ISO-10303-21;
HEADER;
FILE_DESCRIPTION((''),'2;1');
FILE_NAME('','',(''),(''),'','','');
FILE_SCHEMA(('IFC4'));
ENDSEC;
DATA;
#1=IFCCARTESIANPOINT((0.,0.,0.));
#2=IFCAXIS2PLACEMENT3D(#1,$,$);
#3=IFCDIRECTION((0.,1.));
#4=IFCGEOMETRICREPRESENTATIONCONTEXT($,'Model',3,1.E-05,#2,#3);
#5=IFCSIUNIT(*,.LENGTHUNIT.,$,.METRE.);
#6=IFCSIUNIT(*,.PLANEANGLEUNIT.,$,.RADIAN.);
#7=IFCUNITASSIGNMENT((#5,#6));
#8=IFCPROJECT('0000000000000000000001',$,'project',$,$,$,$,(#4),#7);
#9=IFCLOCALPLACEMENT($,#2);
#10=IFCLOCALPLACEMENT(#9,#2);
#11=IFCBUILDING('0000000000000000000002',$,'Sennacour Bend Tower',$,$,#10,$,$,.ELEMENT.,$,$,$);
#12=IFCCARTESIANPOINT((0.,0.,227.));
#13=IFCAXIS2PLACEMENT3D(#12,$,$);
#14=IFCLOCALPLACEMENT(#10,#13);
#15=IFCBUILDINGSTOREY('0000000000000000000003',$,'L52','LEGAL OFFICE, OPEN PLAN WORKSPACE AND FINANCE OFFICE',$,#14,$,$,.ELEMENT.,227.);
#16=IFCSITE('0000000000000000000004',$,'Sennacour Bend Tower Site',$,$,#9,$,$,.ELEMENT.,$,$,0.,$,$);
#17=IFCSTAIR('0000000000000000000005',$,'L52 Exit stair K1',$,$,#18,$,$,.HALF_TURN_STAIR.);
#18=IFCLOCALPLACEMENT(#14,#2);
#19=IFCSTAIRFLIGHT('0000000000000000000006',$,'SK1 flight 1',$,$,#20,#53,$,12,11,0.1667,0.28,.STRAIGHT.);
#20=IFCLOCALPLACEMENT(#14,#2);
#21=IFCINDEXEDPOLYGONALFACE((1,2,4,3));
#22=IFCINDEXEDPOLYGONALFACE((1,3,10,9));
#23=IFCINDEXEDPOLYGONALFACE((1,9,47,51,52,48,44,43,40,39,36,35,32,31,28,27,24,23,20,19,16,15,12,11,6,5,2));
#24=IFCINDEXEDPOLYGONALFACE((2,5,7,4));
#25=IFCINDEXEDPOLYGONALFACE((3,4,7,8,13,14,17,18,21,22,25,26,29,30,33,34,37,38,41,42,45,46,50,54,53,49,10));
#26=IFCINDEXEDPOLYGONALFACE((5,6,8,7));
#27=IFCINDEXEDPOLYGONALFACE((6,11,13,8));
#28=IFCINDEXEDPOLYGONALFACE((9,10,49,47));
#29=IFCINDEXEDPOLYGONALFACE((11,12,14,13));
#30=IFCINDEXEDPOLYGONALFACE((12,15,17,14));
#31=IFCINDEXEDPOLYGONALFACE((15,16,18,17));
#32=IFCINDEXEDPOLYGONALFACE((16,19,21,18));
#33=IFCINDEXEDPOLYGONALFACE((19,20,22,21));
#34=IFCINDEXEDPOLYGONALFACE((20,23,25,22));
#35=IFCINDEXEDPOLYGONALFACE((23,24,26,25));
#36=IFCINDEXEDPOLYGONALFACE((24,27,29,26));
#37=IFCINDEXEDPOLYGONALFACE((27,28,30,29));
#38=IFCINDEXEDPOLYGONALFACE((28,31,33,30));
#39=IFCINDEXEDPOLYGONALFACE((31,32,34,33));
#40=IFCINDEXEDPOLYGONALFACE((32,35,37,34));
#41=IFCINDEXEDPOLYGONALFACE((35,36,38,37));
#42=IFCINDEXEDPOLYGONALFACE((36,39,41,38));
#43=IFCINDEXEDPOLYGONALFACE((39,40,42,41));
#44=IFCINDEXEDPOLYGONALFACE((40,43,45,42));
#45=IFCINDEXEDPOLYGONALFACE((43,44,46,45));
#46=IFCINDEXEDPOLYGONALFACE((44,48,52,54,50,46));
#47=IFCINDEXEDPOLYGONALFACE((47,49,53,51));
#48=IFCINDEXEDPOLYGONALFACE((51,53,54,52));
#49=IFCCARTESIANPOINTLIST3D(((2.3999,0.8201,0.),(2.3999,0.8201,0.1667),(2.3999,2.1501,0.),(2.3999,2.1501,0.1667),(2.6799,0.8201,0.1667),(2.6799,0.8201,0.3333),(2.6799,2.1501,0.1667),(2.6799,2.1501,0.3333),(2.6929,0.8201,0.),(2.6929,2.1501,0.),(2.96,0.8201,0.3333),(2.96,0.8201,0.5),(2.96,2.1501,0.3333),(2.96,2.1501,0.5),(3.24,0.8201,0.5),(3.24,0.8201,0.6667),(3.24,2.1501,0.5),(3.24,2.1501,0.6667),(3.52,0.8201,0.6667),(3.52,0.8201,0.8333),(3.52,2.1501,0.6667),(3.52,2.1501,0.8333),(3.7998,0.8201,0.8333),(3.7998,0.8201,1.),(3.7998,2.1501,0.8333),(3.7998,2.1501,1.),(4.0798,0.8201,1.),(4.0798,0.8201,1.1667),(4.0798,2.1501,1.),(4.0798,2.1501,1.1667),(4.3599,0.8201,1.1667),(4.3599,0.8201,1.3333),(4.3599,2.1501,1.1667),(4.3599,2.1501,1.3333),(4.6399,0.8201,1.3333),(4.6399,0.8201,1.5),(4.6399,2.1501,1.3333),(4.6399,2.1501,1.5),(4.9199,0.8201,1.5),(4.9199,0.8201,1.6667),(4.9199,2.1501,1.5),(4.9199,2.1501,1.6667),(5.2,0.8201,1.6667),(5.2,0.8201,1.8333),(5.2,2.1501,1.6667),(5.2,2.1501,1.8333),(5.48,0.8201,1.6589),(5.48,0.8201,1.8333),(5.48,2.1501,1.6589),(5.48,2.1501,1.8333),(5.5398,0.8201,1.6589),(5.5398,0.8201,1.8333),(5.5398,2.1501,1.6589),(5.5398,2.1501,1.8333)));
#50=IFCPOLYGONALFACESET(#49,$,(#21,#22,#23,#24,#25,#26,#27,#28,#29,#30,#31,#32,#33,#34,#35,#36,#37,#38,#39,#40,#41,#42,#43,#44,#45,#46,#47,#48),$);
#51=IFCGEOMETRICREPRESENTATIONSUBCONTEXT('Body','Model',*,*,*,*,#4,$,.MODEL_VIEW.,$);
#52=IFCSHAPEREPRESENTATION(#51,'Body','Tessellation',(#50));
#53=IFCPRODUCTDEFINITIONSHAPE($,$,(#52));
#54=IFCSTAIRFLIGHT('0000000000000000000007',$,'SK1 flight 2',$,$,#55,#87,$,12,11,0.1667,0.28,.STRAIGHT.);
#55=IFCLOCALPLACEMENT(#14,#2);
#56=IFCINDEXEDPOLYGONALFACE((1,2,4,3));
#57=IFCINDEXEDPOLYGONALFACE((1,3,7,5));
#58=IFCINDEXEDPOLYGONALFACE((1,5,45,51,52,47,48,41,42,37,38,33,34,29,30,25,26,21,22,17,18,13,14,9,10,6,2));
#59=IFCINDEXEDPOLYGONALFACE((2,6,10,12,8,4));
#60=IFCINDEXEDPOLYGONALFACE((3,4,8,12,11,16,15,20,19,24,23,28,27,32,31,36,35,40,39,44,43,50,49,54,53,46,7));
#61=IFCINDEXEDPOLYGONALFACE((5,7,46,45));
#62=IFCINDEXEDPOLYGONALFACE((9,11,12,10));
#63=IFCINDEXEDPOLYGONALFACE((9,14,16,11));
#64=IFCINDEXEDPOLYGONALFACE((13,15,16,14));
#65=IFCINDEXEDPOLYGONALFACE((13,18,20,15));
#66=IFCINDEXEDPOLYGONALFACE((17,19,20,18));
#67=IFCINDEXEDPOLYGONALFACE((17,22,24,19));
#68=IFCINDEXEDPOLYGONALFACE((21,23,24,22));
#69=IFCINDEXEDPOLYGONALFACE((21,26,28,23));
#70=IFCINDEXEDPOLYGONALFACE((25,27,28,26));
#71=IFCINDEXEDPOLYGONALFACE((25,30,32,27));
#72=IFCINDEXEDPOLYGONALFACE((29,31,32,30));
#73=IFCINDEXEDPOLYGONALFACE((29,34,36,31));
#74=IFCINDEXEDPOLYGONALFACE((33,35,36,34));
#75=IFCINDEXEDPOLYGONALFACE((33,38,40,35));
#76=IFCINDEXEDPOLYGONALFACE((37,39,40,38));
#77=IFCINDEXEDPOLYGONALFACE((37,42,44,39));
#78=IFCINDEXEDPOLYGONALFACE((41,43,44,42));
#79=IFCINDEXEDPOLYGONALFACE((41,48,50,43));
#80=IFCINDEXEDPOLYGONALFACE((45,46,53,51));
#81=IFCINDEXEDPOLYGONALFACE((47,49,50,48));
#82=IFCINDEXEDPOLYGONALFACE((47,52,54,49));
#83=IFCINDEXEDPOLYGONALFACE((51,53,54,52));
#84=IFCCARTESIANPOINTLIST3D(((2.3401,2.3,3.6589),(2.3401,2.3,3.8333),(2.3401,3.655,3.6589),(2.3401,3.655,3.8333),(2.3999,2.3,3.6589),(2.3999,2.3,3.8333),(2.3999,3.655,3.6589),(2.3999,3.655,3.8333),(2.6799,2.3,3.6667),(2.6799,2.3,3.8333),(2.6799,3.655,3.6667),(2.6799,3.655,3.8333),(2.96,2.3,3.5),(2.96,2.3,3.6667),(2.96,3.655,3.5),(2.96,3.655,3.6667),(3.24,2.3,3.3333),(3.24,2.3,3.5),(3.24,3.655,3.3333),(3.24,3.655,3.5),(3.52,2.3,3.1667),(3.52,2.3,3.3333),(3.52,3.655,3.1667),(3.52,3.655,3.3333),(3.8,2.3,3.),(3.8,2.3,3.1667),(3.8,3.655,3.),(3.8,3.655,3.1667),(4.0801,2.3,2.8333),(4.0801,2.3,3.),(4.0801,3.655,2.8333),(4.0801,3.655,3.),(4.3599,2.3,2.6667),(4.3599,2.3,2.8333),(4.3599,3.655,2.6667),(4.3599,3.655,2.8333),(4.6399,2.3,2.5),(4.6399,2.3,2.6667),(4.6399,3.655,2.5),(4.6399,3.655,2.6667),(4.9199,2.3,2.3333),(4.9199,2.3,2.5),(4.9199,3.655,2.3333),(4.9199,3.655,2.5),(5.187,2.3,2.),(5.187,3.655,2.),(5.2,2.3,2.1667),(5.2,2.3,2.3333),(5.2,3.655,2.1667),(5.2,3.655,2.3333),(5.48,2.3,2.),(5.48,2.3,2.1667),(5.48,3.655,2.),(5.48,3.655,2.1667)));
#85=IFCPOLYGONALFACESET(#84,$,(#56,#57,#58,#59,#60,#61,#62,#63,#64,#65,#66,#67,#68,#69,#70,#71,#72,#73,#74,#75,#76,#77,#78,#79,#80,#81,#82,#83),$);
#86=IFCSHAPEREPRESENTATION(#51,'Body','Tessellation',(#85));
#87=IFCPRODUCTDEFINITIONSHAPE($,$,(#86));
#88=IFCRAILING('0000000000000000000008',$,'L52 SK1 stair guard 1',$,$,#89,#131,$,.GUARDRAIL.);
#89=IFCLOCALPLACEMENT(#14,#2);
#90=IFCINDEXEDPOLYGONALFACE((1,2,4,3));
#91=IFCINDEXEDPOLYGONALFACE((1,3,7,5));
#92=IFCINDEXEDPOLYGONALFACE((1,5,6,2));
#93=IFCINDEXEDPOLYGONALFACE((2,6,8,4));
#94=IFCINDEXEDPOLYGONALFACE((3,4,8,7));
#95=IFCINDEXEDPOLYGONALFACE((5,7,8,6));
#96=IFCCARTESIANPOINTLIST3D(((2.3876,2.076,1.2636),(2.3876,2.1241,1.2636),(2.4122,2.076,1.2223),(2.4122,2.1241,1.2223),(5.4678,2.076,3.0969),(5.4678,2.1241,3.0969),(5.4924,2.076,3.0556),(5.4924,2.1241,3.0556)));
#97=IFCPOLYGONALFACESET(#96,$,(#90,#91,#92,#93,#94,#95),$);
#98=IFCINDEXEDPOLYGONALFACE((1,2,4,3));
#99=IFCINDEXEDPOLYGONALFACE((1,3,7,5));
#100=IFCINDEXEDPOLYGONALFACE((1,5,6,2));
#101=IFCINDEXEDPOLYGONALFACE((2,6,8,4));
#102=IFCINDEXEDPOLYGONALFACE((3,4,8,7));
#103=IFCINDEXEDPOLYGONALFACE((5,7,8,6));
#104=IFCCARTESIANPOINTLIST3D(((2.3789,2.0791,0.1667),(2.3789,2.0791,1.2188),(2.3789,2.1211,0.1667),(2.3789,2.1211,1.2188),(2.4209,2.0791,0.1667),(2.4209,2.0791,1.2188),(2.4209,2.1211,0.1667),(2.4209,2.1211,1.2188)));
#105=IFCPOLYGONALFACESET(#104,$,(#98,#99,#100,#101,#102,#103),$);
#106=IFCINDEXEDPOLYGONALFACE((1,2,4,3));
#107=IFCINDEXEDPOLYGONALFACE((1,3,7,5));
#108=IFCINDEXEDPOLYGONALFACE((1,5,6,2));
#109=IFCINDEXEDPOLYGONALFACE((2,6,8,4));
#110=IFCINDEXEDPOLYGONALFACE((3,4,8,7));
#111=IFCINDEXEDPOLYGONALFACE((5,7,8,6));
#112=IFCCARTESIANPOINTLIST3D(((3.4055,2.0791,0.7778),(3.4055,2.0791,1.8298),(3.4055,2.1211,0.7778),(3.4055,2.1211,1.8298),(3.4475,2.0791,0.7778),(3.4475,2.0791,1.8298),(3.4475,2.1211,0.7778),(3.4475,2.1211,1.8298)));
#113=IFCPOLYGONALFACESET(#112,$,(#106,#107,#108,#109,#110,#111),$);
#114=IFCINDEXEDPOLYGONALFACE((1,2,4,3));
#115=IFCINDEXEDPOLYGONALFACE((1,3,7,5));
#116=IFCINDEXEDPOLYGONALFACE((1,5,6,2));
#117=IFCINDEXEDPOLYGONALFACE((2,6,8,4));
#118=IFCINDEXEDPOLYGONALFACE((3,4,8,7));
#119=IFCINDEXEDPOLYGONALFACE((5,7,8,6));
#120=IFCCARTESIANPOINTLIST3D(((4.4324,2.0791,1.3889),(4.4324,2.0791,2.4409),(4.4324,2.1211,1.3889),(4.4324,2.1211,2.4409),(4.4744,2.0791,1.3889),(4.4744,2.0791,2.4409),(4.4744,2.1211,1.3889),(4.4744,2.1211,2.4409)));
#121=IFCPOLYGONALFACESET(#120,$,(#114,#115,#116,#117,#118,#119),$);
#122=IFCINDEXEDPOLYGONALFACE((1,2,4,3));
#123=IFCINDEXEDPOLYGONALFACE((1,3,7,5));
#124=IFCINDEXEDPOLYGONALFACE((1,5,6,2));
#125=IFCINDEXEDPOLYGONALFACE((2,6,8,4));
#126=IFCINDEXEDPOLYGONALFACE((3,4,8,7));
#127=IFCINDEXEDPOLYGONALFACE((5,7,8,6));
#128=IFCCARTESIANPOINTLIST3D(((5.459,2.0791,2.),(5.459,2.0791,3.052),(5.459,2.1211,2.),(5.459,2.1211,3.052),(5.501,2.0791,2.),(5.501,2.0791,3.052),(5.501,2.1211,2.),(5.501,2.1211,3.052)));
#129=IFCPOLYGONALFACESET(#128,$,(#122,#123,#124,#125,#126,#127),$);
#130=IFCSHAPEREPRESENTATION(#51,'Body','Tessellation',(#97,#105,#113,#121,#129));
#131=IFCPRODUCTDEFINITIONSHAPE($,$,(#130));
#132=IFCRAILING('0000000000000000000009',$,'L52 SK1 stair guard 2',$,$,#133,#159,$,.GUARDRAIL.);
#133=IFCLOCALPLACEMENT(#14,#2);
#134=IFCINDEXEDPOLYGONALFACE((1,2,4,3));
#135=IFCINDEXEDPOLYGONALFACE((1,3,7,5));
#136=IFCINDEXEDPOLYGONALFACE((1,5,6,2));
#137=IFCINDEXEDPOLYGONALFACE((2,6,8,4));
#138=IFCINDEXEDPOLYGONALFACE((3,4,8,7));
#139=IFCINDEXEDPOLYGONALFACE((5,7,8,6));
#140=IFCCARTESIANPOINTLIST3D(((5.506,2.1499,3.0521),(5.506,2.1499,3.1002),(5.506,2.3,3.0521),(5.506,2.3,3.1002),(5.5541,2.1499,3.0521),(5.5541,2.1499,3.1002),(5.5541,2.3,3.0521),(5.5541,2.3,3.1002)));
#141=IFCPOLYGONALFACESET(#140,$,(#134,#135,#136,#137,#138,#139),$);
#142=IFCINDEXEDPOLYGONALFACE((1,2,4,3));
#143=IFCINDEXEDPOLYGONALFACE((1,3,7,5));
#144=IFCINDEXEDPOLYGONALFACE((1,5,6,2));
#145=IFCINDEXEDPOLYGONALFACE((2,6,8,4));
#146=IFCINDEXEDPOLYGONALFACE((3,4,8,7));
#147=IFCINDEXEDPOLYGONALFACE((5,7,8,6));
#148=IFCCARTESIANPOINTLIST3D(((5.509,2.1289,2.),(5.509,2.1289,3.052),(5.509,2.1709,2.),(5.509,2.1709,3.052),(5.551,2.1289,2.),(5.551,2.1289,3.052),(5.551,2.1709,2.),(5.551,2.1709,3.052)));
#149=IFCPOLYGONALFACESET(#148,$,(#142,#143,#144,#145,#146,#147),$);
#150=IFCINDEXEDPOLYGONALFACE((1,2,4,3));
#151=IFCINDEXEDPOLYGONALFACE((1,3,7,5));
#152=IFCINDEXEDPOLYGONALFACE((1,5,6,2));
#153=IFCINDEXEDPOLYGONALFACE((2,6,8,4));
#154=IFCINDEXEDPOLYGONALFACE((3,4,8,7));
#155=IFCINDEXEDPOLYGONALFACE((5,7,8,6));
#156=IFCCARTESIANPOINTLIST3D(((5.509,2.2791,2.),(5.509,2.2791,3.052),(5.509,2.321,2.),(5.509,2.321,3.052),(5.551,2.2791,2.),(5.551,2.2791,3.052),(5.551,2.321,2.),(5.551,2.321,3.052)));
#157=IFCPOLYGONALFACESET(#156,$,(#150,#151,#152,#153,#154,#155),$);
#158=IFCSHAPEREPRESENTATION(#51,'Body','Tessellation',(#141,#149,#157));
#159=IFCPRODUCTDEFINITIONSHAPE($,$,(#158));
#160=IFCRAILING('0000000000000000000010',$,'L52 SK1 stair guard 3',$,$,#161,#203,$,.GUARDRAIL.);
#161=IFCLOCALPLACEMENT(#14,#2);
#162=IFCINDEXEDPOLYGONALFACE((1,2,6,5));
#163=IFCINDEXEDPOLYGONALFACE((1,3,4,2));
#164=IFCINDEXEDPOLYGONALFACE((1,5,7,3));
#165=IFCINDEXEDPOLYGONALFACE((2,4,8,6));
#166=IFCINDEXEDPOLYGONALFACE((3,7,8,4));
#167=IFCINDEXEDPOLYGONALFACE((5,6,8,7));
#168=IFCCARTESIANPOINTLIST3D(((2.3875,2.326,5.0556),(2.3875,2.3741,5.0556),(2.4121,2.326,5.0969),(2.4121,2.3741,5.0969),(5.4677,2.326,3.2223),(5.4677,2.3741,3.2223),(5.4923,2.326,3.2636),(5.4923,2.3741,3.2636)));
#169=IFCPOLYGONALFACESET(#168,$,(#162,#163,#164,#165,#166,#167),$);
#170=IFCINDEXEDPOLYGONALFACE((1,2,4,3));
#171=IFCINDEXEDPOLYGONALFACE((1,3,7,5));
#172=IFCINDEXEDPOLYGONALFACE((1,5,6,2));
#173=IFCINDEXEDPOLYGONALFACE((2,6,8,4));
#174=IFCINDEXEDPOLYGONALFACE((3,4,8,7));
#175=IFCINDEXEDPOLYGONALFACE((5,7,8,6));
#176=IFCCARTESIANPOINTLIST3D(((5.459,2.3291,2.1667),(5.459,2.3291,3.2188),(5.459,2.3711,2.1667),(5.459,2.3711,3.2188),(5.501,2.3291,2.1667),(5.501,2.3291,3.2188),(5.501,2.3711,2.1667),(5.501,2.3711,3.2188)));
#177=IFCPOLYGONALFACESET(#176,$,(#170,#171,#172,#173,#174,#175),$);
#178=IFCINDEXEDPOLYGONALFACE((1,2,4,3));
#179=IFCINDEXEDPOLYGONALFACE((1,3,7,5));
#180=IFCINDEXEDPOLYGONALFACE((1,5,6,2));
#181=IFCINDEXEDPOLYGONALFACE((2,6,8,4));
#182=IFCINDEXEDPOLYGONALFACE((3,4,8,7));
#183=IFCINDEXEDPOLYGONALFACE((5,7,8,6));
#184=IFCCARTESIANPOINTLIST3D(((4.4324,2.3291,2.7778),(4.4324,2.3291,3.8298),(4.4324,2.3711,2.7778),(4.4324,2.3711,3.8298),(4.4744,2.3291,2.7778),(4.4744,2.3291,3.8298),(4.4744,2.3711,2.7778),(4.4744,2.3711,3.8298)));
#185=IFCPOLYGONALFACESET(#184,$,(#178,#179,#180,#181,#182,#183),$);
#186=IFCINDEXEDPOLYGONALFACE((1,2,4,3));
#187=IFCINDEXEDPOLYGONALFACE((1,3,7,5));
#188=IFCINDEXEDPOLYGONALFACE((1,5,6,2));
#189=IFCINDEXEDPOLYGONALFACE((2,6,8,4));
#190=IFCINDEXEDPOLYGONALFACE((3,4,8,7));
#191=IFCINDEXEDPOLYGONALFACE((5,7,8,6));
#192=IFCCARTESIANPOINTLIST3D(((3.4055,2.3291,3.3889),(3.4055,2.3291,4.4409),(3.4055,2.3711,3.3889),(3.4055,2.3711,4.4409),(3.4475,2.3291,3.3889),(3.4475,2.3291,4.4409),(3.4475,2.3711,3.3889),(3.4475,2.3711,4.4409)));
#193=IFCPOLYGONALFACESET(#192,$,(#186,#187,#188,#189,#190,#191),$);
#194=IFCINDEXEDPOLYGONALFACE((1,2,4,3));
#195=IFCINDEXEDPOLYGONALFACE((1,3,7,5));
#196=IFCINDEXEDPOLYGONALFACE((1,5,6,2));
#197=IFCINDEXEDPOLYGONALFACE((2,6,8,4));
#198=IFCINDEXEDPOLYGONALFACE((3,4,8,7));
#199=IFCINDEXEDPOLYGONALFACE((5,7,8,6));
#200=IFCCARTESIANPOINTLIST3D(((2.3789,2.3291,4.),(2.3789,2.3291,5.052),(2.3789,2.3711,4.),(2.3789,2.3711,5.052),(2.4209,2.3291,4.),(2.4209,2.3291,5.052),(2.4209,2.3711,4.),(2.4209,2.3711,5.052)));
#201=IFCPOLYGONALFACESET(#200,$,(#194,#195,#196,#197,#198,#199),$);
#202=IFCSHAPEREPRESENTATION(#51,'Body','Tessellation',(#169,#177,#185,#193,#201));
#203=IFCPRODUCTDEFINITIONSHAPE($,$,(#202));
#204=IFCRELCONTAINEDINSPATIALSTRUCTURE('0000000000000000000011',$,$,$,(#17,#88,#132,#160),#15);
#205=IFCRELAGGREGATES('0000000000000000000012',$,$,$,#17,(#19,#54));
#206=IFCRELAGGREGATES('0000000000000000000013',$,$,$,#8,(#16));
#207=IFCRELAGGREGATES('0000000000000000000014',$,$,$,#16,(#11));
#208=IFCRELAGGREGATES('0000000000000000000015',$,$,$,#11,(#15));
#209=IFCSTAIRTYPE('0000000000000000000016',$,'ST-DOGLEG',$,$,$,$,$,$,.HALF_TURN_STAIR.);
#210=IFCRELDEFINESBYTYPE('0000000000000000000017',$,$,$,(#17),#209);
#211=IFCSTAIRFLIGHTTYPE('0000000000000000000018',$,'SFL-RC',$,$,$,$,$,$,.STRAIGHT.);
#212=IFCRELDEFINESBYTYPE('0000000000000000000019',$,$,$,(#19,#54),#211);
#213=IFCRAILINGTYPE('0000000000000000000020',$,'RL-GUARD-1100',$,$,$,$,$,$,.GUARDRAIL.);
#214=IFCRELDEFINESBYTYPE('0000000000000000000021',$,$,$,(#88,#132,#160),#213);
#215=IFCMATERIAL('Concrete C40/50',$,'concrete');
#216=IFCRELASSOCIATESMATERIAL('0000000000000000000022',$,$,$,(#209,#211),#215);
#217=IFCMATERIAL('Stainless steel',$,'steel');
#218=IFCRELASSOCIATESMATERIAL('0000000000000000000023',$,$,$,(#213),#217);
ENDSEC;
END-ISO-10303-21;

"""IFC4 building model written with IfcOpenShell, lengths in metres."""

from ifc_helpers import new_model, si_unit, direction, frame, origin, origin_2d, place, context, subcontext, project, spatial, polyline, rectangle, outline, extrude, material, type_object, element, aggregate, save


model = new_model("IFC4")

# Units and contexts
model_context = context("Model", 3, precision=1e-05, world=origin(), true_north=direction((0.0, 1.0)))
body_context = subcontext(model_context, "Body", "Model", "MODEL_VIEW")
ifc_project = project(units=[si_unit("LENGTHUNIT", "METRE"), si_unit("PLANEANGLEUNIT", "RADIAN")], contexts=[model_context])

# Site, building, storey
site_placement = place(None, origin())
site = spatial("IfcSite", under=ifc_project, at=site_placement, Name="Sennacour Bend Tower Site", CompositionType="ELEMENT", RefElevation=0.0)
building_placement = place(site_placement, origin())
building = spatial("IfcBuilding", under=site, at=building_placement, Name="Sennacour Bend Tower", CompositionType="ELEMENT")
storey_placement = place(building_placement, frame((0.0, 0.0, 227.0)))
storey = spatial("IfcBuildingStorey", under=building, at=storey_placement, Name="L52", Description="LEGAL OFFICE, OPEN PLAN WORKSPACE AND FINANCE OFFICE", CompositionType="ELEMENT", Elevation=227.0)

# Stair, stair flights
ifc_material_1 = material(Name="Concrete C40/50", Category="concrete")
stair_type = type_object("IfcStairType", Name="ST-DOGLEG", PredefinedType="HALF_TURN_STAIR", material=ifc_material_1)
stair_placement = place(storey_placement, origin())
stair = element("IfcStair", 1, at=stair_placement, inside=storey, type_object=stair_type, Name="L52 Exit stair K1", PredefinedType="HALF_TURN_STAIR")
stair_flight_type = type_object("IfcStairFlightType", Name="SFL-RC", PredefinedType="STRAIGHT", material=ifc_material_1)
stair_flight_1_placement = place(storey_placement, frame((2.3999, 1.4851, 0.0), z_axis=(0.0, 0.0, 1.0), x_axis=(1.0, 0.0, 0.0)))
stair_flight_1 = element("IfcStairFlight", 2, at=stair_flight_1_placement, type_object=stair_flight_type, Name="SK1 flight 1", NumberOfRisers=12, NumberOfTreads=11, PredefinedType="STRAIGHT", RiserHeight=0.1667, TreadLength=0.28, context=body_context, shape_type="SweptSolid", body=[
    extrude(outline(polyline([(0.0, 0.0), (0.0, 0.1667), (0.28, 0.1667), (0.28, 0.3333), (0.5601, 0.3333), (0.5601, 0.5), (0.8401, 0.5), (0.8401, 0.6667), (1.1201, 0.6667), (1.1201, 0.8333), (1.3999, 0.8333), (1.3999, 1.0), (1.6799, 1.0), (1.6799, 1.1667), (1.96, 1.1667), (1.96, 1.3333), (2.24, 1.3333), (2.24, 1.5), (2.52, 1.5), (2.52, 1.6667), (2.8, 1.6667), (2.8, 1.8333), (3.0801, 1.8333), (3.1399, 1.8333), (3.1399, 1.6589), (3.0801, 1.6589), (0.293, 0.0), (0.0, 0.0)])), frame((0.0, 0.665, 0.0), z_axis=(0.0, -1.0, 0.0), x_axis=(1.0, 0.0, 0.0)), (0.0, 0.0, 1.0), 1.3301),
])
stair_flight_2_placement = place(storey_placement, frame((5.48, 2.9775, 2.0), z_axis=(0.0, 0.0, 1.0), x_axis=(-1.0, 0.0, 0.0)))
stair_flight_2 = element("IfcStairFlight", 3, at=stair_flight_2_placement, type_object=stair_flight_type, Name="SK1 flight 2", NumberOfRisers=12, NumberOfTreads=11, PredefinedType="STRAIGHT", RiserHeight=0.1667, TreadLength=0.28, context=body_context, shape_type="SweptSolid", body=[
    extrude(outline(polyline([(0.0, 0.0), (0.0, 0.1667), (0.28, 0.1667), (0.28, 0.3333), (0.5601, 0.3333), (0.5601, 0.5), (0.8401, 0.5), (0.8401, 0.6667), (1.1201, 0.6667), (1.1201, 0.8333), (1.3999, 0.8333), (1.3999, 1.0), (1.6799, 1.0), (1.6799, 1.1667), (1.96, 1.1667), (1.96, 1.3333), (2.24, 1.3333), (2.24, 1.5), (2.52, 1.5), (2.52, 1.6667), (2.8, 1.6667), (2.8, 1.8333), (3.0801, 1.8333), (3.1399, 1.8333), (3.1399, 1.6589), (3.0801, 1.6589), (0.293, 0.0), (0.0, 0.0)])), frame((0.0, 0.6775, 0.0), z_axis=(0.0, -1.0, 0.0), x_axis=(1.0, 0.0, 0.0)), (0.0, 0.0, 1.0), 1.355),
])
aggregate(stair, [stair_flight_1, stair_flight_2])

# Railings
ifc_material_2 = material(Name="Stainless steel", Category="steel")
railing_type_1 = type_object("IfcRailingType", Name="RL-GUARD-1100", PredefinedType="GUARDRAIL", material=ifc_material_2)
railing_1_placement = place(storey_placement, frame((2.3999, 2.1001, 0.1667)))
element("IfcRailing", 4, at=railing_1_placement, inside=storey, type_object=railing_type_1, Name="L52 SK1 stair guard 1", PredefinedType="GUARDRAIL", context=body_context, shape_type="SweptSolid", body=[
    extrude(rectangle(XDim=0.0481, YDim=0.0481, at=origin_2d()), frame((0.0, 0.0, 1.0762), z_axis=(0.859309, 0.0, 0.511458), x_axis=(0.0, 1.0, 0.0)), (0.0, 0.0, 1.0), 3.5845),
    extrude(rectangle(XDim=0.042, YDim=0.042, at=origin_2d()), origin(), (0.0, 0.0, 1.0), 1.052),
    extrude(rectangle(XDim=0.042, YDim=0.042, at=origin_2d()), frame((1.0266, 0.0, 0.6111)), (0.0, 0.0, 1.0), 1.052),
    extrude(rectangle(XDim=0.042, YDim=0.042, at=origin_2d()), frame((2.0535, 0.0, 1.2222)), (0.0, 0.0, 1.0), 1.052),
    extrude(rectangle(XDim=0.042, YDim=0.042, at=origin_2d()), frame((3.0801, 0.0, 1.8333)), (0.0, 0.0, 1.0), 1.052),
])
railing_2_placement = place(storey_placement, frame((5.53, 2.1499, 2.0)))
element("IfcRailing", 5, at=railing_2_placement, inside=storey, type_object=railing_type_1, Name="L52 SK1 stair guard 2", PredefinedType="GUARDRAIL", context=body_context, shape_type="SweptSolid", body=[
    extrude(rectangle(XDim=0.0481, YDim=0.0481, at=origin_2d()), frame((0.0, 0.0, 1.0762), z_axis=(0.0, 1.0, 0.0), x_axis=(-1.0, 0.0, 0.0)), (0.0, 0.0, 1.0), 0.1501),
    extrude(rectangle(XDim=0.042, YDim=0.042, at=origin_2d()), origin(), (0.0, 0.0, 1.0), 1.052),
    extrude(rectangle(XDim=0.042, YDim=0.042, at=origin_2d()), frame((0.0, 0.1501, 0.0)), (0.0, 0.0, 1.0), 1.052),
])
railing_3_placement = place(storey_placement, frame((5.48, 2.3501, 2.1667)))
element("IfcRailing", 6, at=railing_3_placement, inside=storey, type_object=railing_type_1, Name="L52 SK1 stair guard 3", PredefinedType="GUARDRAIL", context=body_context, shape_type="SweptSolid", body=[
    extrude(rectangle(XDim=0.0481, YDim=0.0481, at=origin_2d()), frame((0.0, 0.0, 1.0762), z_axis=(-0.859309, 0.0, 0.511458), x_axis=(0.0, -1.0, 0.0)), (0.0, 0.0, 1.0), 3.5845),
    extrude(rectangle(XDim=0.042, YDim=0.042, at=origin_2d()), origin(), (0.0, 0.0, 1.0), 1.052),
    extrude(rectangle(XDim=0.042, YDim=0.042, at=origin_2d()), frame((-1.0266, 0.0, 0.6111)), (0.0, 0.0, 1.0), 1.052),
    extrude(rectangle(XDim=0.042, YDim=0.042, at=origin_2d()), frame((-2.0535, 0.0, 1.2222)), (0.0, 0.0, 1.0), 1.052),
    extrude(rectangle(XDim=0.042, YDim=0.042, at=origin_2d()), frame((-3.0801, 0.0, 1.8333)), (0.0, 0.0, 1.0), 1.052),
])

save(model, "model.ifc")
